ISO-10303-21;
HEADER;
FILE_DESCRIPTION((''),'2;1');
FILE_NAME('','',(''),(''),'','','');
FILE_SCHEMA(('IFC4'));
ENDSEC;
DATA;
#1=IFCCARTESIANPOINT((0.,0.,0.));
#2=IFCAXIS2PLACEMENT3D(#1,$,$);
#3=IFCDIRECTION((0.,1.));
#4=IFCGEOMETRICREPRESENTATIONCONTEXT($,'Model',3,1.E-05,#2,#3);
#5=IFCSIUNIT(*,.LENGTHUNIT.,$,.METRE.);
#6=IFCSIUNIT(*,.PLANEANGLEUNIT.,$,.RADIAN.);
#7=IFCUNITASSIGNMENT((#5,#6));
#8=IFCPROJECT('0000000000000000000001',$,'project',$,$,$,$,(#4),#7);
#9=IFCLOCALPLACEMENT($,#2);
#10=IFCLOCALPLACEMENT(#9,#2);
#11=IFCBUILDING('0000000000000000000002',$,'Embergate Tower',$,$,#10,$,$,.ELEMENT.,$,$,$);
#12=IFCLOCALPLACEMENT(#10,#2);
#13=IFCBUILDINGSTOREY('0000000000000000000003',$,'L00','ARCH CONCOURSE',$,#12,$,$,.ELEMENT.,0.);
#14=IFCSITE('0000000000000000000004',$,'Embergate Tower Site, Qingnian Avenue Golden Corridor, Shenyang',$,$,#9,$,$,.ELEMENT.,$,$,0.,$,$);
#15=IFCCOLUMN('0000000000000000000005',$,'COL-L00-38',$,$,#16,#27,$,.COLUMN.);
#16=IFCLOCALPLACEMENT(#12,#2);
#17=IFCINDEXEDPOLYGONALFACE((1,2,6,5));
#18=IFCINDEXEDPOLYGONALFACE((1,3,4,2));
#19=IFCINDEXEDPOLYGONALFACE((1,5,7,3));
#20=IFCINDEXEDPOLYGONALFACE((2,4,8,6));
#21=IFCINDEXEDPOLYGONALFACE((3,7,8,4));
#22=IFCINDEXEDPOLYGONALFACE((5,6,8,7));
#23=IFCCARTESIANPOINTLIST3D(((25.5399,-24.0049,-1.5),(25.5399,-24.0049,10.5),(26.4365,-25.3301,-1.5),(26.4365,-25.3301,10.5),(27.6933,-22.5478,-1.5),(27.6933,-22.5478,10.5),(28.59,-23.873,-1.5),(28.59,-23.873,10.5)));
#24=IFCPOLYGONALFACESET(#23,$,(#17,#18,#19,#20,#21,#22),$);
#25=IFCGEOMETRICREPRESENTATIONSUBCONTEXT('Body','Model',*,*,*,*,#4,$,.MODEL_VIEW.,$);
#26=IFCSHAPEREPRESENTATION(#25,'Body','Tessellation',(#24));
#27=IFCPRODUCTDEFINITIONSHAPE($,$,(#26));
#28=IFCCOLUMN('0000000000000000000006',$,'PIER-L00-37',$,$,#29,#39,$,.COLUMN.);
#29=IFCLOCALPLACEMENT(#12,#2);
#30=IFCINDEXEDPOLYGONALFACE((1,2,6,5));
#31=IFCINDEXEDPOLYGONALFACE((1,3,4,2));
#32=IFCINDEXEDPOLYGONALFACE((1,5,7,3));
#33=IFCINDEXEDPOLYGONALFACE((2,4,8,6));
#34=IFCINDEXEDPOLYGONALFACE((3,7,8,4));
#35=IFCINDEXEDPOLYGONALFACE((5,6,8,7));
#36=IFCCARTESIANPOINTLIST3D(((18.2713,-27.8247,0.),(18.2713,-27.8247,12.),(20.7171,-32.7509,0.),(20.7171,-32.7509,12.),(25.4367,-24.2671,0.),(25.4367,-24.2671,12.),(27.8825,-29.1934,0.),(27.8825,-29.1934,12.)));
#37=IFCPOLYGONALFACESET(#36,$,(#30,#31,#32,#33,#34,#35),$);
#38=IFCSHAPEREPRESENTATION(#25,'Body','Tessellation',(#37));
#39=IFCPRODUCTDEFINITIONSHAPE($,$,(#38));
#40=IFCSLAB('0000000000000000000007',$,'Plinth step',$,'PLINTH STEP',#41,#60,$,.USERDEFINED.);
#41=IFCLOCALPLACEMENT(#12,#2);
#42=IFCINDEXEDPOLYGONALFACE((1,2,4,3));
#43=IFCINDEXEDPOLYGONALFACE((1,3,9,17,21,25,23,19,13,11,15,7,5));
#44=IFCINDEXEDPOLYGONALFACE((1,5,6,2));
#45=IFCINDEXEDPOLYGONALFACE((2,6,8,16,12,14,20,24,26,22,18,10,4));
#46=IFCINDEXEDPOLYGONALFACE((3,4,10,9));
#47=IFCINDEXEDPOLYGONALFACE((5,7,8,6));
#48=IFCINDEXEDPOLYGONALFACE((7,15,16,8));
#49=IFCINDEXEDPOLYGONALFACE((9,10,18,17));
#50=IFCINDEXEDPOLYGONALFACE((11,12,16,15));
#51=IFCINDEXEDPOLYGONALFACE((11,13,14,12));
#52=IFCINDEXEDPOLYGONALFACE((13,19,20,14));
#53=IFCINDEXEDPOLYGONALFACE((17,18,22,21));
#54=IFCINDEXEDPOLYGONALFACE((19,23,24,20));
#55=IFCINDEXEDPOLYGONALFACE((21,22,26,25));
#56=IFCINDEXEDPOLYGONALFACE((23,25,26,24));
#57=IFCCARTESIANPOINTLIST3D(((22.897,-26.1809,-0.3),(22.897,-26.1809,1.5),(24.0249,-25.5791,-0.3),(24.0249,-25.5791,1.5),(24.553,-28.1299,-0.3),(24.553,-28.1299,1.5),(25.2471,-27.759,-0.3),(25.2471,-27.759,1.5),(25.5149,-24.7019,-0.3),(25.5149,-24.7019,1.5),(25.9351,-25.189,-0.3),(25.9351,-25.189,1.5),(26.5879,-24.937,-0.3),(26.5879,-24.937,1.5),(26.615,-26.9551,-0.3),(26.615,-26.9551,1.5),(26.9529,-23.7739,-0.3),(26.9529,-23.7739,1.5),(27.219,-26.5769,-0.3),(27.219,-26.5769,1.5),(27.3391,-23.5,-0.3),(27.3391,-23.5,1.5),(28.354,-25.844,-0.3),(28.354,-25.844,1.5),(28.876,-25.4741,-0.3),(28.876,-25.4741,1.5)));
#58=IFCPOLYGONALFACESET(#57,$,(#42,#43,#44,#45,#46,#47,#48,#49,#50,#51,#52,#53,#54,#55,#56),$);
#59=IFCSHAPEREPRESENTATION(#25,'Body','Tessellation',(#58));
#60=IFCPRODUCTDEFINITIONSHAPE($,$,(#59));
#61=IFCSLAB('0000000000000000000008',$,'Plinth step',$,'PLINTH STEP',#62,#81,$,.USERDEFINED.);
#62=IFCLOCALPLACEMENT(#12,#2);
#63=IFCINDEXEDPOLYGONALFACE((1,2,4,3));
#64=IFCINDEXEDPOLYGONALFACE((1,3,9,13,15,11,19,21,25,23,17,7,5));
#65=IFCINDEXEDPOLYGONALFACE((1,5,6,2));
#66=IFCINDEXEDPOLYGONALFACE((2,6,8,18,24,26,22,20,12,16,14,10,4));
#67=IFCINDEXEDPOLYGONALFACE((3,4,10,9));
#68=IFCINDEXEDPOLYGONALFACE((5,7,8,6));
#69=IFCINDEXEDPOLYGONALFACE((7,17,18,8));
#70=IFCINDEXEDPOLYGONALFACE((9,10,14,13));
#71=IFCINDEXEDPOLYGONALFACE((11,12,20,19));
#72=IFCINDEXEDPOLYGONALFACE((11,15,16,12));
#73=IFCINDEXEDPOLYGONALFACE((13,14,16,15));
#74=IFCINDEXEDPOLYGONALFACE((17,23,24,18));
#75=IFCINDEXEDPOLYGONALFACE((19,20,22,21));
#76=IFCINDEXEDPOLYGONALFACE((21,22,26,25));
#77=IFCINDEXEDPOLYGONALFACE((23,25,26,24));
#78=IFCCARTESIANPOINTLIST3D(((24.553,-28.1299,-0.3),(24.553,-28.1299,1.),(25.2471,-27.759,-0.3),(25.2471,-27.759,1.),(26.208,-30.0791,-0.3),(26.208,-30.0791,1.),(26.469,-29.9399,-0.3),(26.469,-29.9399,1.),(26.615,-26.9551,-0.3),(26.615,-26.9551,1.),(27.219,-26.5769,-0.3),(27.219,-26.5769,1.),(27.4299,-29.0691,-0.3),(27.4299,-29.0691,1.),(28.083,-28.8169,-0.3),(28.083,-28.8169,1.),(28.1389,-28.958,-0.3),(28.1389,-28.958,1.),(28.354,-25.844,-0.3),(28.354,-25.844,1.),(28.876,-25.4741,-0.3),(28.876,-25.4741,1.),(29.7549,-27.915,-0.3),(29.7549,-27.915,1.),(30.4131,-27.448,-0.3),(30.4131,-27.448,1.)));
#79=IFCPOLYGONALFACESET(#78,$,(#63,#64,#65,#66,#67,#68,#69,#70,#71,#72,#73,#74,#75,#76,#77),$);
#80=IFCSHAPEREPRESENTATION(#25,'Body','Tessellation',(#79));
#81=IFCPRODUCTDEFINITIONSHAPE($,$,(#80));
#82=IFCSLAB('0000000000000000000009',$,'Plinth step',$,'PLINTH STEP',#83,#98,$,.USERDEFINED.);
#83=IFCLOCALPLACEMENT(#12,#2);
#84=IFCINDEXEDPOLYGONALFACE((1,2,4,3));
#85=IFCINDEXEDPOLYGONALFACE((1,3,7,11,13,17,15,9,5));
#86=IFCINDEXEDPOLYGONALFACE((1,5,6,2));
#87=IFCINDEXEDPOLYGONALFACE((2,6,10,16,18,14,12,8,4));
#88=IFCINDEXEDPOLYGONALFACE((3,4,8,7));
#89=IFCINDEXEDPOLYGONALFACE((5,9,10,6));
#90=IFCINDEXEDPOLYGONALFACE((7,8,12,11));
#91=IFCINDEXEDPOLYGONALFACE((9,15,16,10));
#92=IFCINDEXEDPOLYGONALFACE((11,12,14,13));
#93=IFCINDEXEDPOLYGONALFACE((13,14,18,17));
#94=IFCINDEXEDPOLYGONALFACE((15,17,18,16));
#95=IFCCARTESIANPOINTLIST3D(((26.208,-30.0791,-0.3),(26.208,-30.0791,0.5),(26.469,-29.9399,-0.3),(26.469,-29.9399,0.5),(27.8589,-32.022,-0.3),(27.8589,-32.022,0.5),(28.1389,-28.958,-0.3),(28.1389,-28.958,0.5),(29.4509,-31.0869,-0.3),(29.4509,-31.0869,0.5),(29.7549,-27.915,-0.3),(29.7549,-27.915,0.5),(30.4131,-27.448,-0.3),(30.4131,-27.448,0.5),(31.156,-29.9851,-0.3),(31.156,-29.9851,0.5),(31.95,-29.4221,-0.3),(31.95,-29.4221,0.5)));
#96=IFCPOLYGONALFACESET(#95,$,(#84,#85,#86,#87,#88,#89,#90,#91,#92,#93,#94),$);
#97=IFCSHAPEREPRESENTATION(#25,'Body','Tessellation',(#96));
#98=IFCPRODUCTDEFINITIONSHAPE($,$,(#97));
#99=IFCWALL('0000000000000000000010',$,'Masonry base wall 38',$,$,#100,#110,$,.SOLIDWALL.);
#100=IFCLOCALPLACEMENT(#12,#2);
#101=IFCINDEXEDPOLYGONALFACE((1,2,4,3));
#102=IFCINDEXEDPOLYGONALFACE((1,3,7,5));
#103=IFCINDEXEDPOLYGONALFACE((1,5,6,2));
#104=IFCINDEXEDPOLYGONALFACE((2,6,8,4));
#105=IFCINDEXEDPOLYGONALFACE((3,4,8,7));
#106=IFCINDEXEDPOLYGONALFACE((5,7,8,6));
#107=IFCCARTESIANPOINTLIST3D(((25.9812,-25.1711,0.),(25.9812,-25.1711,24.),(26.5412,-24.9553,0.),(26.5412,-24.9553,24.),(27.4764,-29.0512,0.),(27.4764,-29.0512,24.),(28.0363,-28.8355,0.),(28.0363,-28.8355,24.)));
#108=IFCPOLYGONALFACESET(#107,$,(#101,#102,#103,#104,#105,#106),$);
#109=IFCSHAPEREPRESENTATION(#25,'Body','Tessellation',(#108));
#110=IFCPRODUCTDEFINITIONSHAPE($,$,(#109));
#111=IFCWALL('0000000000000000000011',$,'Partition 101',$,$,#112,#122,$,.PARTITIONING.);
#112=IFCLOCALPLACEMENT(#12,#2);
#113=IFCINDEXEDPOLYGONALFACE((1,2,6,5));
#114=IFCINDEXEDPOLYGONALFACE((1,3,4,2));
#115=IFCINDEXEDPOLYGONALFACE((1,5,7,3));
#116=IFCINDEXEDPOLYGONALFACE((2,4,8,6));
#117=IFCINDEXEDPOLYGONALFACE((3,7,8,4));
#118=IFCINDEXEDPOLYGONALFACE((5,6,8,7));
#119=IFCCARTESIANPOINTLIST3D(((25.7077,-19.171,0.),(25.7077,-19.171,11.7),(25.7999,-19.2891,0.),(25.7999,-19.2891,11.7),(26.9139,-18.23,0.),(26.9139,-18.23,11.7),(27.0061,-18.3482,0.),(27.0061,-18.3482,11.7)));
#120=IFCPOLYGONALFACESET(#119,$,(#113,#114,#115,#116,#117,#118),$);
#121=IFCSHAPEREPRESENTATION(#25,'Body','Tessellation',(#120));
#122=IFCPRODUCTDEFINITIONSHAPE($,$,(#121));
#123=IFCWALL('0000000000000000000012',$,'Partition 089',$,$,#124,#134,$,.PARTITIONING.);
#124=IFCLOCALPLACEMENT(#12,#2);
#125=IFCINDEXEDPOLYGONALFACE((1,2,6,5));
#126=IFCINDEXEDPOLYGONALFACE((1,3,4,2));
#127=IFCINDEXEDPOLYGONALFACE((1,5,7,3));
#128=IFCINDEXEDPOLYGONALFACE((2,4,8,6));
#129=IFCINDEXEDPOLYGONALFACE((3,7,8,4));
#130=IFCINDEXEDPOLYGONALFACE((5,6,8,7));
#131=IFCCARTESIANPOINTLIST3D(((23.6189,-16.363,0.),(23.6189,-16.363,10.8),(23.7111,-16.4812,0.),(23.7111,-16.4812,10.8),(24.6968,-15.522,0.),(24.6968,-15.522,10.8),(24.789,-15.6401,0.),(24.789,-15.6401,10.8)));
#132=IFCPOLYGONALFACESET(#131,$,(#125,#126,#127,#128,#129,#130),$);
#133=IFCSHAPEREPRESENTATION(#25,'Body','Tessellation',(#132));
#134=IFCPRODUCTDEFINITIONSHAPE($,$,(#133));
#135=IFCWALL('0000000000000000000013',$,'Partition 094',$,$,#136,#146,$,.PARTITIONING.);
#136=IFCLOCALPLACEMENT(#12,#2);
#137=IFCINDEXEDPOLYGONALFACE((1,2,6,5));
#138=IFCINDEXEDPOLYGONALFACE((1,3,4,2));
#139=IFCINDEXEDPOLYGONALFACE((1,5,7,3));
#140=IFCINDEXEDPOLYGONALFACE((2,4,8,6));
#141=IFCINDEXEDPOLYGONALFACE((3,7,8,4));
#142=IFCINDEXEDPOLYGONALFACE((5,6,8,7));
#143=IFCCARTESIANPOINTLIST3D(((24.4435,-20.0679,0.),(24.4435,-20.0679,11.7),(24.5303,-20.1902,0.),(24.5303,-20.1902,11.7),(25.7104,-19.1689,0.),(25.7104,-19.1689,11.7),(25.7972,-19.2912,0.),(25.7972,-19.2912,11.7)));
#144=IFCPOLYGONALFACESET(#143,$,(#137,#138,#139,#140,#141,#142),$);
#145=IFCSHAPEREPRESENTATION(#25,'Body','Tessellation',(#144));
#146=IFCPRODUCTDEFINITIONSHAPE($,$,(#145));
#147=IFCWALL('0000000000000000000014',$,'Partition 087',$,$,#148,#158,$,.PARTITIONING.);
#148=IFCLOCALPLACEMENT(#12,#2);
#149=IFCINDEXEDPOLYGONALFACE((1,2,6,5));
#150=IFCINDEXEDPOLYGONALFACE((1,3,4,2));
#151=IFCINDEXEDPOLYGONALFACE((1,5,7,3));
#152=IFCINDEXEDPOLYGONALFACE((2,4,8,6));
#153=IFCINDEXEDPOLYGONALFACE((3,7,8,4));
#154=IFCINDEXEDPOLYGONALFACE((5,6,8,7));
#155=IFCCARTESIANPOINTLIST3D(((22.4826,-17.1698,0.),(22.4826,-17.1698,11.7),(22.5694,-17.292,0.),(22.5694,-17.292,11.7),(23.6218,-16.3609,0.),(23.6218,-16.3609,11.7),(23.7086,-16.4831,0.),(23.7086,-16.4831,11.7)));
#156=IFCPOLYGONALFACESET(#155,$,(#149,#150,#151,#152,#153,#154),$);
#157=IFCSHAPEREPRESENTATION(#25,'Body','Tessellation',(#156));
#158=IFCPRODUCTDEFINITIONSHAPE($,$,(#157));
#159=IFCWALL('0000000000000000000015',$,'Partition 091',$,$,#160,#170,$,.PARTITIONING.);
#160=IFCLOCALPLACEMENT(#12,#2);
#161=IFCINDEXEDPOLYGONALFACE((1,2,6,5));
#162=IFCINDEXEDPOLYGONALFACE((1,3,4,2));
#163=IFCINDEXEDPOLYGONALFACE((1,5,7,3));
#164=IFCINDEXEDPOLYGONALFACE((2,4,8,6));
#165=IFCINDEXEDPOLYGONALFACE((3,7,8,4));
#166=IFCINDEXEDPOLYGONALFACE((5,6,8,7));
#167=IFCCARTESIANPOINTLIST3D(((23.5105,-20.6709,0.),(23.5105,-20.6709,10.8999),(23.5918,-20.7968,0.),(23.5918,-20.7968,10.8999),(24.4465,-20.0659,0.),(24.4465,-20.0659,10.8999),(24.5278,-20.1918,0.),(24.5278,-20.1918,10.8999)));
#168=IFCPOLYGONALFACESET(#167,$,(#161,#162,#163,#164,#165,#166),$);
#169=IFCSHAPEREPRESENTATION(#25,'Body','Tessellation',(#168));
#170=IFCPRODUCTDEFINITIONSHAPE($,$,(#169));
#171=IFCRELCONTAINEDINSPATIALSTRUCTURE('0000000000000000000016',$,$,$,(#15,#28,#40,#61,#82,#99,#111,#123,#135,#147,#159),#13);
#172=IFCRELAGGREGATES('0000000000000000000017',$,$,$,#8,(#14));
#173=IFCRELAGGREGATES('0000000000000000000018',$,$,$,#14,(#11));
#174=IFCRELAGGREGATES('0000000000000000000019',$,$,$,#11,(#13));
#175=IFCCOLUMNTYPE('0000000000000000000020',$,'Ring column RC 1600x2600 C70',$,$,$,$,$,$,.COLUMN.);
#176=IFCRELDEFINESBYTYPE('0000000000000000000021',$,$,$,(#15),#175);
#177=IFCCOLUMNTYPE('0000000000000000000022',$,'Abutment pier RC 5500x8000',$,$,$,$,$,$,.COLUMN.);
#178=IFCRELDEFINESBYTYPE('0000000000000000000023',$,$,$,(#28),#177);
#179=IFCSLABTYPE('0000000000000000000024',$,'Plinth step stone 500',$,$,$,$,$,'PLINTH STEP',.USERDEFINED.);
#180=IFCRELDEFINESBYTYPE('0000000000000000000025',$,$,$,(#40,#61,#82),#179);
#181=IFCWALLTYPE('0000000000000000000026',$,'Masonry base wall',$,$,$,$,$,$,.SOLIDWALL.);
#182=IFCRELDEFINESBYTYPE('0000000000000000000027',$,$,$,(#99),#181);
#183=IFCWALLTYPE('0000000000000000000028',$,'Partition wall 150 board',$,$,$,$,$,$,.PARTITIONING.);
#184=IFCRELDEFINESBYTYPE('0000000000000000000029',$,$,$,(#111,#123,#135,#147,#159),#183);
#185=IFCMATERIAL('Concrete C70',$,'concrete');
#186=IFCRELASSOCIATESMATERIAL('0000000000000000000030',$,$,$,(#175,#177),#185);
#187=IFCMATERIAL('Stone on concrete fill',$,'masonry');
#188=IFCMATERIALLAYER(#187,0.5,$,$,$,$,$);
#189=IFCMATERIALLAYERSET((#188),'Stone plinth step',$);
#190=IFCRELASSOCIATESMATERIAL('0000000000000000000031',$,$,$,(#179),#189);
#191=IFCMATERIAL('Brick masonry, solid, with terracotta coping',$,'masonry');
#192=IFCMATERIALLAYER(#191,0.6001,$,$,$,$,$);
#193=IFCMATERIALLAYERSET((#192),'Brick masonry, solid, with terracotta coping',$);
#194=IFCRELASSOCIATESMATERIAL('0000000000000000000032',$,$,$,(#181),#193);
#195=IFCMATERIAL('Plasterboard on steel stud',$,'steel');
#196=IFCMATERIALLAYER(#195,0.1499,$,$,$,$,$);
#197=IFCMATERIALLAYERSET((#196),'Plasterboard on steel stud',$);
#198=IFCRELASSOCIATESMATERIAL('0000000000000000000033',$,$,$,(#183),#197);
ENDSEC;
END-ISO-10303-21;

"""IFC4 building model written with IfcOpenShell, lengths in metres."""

from ifc_helpers import new_model, si_unit, direction, frame, frame_2d, origin, origin_2d, place, context, subcontext, project, spatial, polyline, rectangle, outline, extrude, source, transform, mapped, material, layer, layer_set, material_profile, profile_set, type_object, element, save


model = new_model("IFC4")

# Units and contexts
model_context = context("Model", 3, precision=1e-05, world=origin(), true_north=direction((0.0, 1.0)))
body_context = subcontext(model_context, "Body", "Model", "MODEL_VIEW")
ifc_project = project(units=[si_unit("LENGTHUNIT", "METRE"), si_unit("PLANEANGLEUNIT", "RADIAN")], contexts=[model_context])

# Site, building, storey
site_placement = place(None, origin())
site = spatial("IfcSite", under=ifc_project, at=site_placement, Name="Embergate Tower Site, Qingnian Avenue Golden Corridor, Shenyang", CompositionType="ELEMENT", RefElevation=0.0)
building_placement = place(site_placement, origin())
building = spatial("IfcBuilding", under=site, at=building_placement, Name="Embergate Tower", CompositionType="ELEMENT")
storey_placement = place(building_placement, origin())
storey = spatial("IfcBuildingStorey", under=building, at=storey_placement, Name="L00", Description="ARCH CONCOURSE", CompositionType="ELEMENT", Elevation=0.0)

# Columns
ifc_material_1 = material(Name="Concrete C70", Category="concrete")
ifc_material_profile_1 = material_profile(ifc_material_1, rectangle(XDim=1.6001, YDim=2.6001, at=origin_2d()), Name="RC 1600x2600")
ifc_profile_set_1 = profile_set([ifc_material_profile_1], Name="Concrete C70")
column_type_1 = type_object("IfcColumnType", Name="Ring column RC 1600x2600 C70", PredefinedType="COLUMN", material=ifc_profile_set_1)
shared_shape_1 = source(origin(), body_context, "Body", "SweptSolid", [
    extrude(rectangle(XDim=1.6001, YDim=2.6001, at=origin_2d()), origin(), (0.0, 0.0, 1.0), 12.0),
])
column_1_placement = place(storey_placement, frame((27.0649, -23.939, -1.5), z_axis=(0.0, 0.0, 1.0), x_axis=(0.560393, -0.828227, 0.0)))
element("IfcColumn", 1, at=column_1_placement, inside=storey, type_object=column_type_1, Name="COL-L00-38", PredefinedType="COLUMN", context=body_context, shape_type="MappedRepresentation", body=[
    mapped(shared_shape_1, transform((0.0, 0.0, 0.0))),
])
ifc_material_profile_2 = material_profile(ifc_material_1, rectangle(XDim=5.5, YDim=8.0, at=origin_2d()), Name="RC 5500x8000")
ifc_profile_set_2 = profile_set([ifc_material_profile_2], Name="Concrete C70")
column_type_2 = type_object("IfcColumnType", Name="Abutment pier RC 5500x8000", PredefinedType="COLUMN", material=ifc_profile_set_2)
shared_shape_2 = source(origin(), body_context, "Body", "SweptSolid", [
    extrude(rectangle(XDim=5.5, YDim=8.0, at=origin_2d()), origin(), (0.0, 0.0, 1.0), 12.0),
])
column_2_placement = place(storey_placement, frame((23.0769, -28.509, 0.0), z_axis=(0.0, 0.0, 1.0), x_axis=(0.444698, -0.895681, 0.0)))
element("IfcColumn", 2, at=column_2_placement, inside=storey, type_object=column_type_2, Name="PIER-L00-37", PredefinedType="COLUMN", context=body_context, shape_type="MappedRepresentation", body=[
    mapped(shared_shape_2, transform((0.0, 0.0, 0.0))),
])

# Slabs
ifc_material_2 = material(Name="Stone on concrete fill", Category="masonry")
ifc_layer_1 = layer(ifc_material_2, 0.5)
ifc_layer_set_1 = layer_set([ifc_layer_1], Name="Stone plinth step")
slab_type = type_object("IfcSlabType", Name="Plinth step stone 500", ElementType="PLINTH STEP", PredefinedType="USERDEFINED", material=ifc_layer_set_1)
shared_shape_3 = source(origin(), body_context, "Body", "SweptSolid", [
    extrude(outline(polyline([(0.0, 0.0), (-1.656, 1.949), (-0.5281, 2.5508), (0.9619, 3.428), (2.3999, 4.356), (2.7861, 4.6299), (4.323, 2.6558), (3.801, 2.2859), (2.666, 1.553), (2.0349, 3.1929), (1.3821, 2.9409), (2.062, 1.1748), (0.6941, 0.3708), (0.0, 0.0)])), origin(), (0.0, 0.0, 1.0), 1.8),
])
slab_1_placement = place(storey_placement, frame((24.553, -28.1299, -0.3)))
element("IfcSlab", 3, at=slab_1_placement, inside=storey, type_object=slab_type, Name="Plinth step", ObjectType="PLINTH STEP", PredefinedType="USERDEFINED", context=body_context, shape_type="MappedRepresentation", body=[
    mapped(shared_shape_3, transform((0.0, 0.0, 0.0))),
])
shared_shape_4 = source(origin(), body_context, "Body", "SweptSolid", [
    extrude(outline(polyline([(0.0, 0.0), (-1.655, 1.9492), (-0.9609, 2.3201), (0.407, 3.124), (1.2219, 1.01), (1.875, 1.2622), (1.011, 3.5022), (2.146, 4.2351), (2.668, 4.605), (4.2051, 2.6311), (3.5469, 2.1641), (1.9309, 1.1211), (0.261, 0.1392), (0.0, 0.0)])), origin(), (0.0, 0.0, 1.0), 1.3),
])
slab_2_placement = place(storey_placement, frame((26.208, -30.0791, -0.3)))
element("IfcSlab", 4, at=slab_2_placement, inside=storey, type_object=slab_type, Name="Plinth step", ObjectType="PLINTH STEP", PredefinedType="USERDEFINED", context=body_context, shape_type="MappedRepresentation", body=[
    mapped(shared_shape_4, transform((0.0, 0.0, 0.0))),
])
shared_shape_5 = source(origin(), body_context, "Body", "SweptSolid", [
    extrude(outline(polyline([(0.0, 0.0), (-1.6509, 1.9429), (-1.3899, 2.082), (0.28, 3.064), (1.896, 4.1069), (2.5542, 4.574), (4.0911, 2.5999), (3.2971, 2.0369), (1.592, 0.9351), (0.0, 0.0)])), origin(), (0.0, 0.0, 1.0), 0.8),
])
slab_3_placement = place(storey_placement, frame((27.8589, -32.022, -0.3)))
element("IfcSlab", 5, at=slab_3_placement, inside=storey, type_object=slab_type, Name="Plinth step", ObjectType="PLINTH STEP", PredefinedType="USERDEFINED", context=body_context, shape_type="MappedRepresentation", body=[
    mapped(shared_shape_5, transform((0.0, 0.0, 0.0))),
])

# Walls
ifc_material_3 = material(Name="Brick masonry, solid, with terracotta coping", Category="masonry")
ifc_layer_2 = layer(ifc_material_3, 0.6001)
ifc_layer_set_2 = layer_set([ifc_layer_2], Name="Brick masonry, solid, with terracotta coping")
wall_type_1 = type_object("IfcWallType", Name="Masonry base wall", PredefinedType="SOLIDWALL", material=ifc_layer_set_2)
shared_shape_6 = source(origin(), body_context, "Body", "SweptSolid", [
    extrude(rectangle(XDim=4.1582, YDim=0.6001, at=frame_2d((2.0791, 0.0))), origin(), (0.0, 0.0, 1.0), 24.0),
])
wall_1_placement = place(storey_placement, frame((26.2612, -25.0632, 0.0), z_axis=(0.0, 0.0, 1.0), x_axis=(0.359557, -0.933123, 0.0)))
element("IfcWall", 6, at=wall_1_placement, inside=storey, type_object=wall_type_1, Name="Masonry base wall 38", PredefinedType="SOLIDWALL", context=body_context, shape_type="MappedRepresentation", body=[
    mapped(shared_shape_6, transform((0.0, 0.0, 0.0))),
])
ifc_material_4 = material(Name="Plasterboard on steel stud", Category="steel")
ifc_layer_3 = layer(ifc_material_4, 0.1499)
ifc_layer_set_3 = layer_set([ifc_layer_3], Name="Plasterboard on steel stud")
wall_type_2 = type_object("IfcWallType", Name="Partition wall 150 board", PredefinedType="PARTITIONING", material=ifc_layer_set_3)
shared_shape_7 = source(origin(), body_context, "Body", "SweptSolid", [
    extrude(rectangle(XDim=1.5298, YDim=0.1499, at=frame_2d((0.7649, 0.0))), origin(), (0.0, 0.0, 1.0), 11.7),
])
wall_2_placement = place(storey_placement, frame((26.96, -18.2891, 0.0), z_axis=(0.0, 0.0, 1.0), x_axis=(-0.78844, -0.615111, 0.0)))
element("IfcWall", 7, at=wall_2_placement, inside=storey, type_object=wall_type_2, Name="Partition 101", PredefinedType="PARTITIONING", context=body_context, shape_type="MappedRepresentation", body=[
    mapped(shared_shape_7, transform((0.0, 0.0, 0.0))),
])
shared_shape_8 = source(origin(), body_context, "Body", "SweptSolid", [
    extrude(rectangle(XDim=1.3672, YDim=0.1499, at=frame_2d((0.6836, 0.0))), origin(), (0.0, 0.0, 1.0), 10.8),
])
wall_3_placement = place(storey_placement, frame((23.665, -16.4221, 0.0), z_axis=(0.0, 0.0, 1.0), x_axis=(0.78839, 0.615176, 0.0)))
element("IfcWall", 8, at=wall_3_placement, inside=storey, type_object=wall_type_2, Name="Partition 089", PredefinedType="PARTITIONING", context=body_context, shape_type="MappedRepresentation", body=[
    mapped(shared_shape_8, transform((0.0, 0.0, 0.0))),
])
shared_shape_9 = source(origin(), body_context, "Body", "SweptSolid", [
    extrude(rectangle(XDim=1.5535, YDim=0.1499, at=frame_2d((0.7769, 0.0))), origin(), (0.0, 0.0, 1.0), 11.7),
])
wall_4_placement = place(storey_placement, frame((25.7539, -19.23, 0.0), z_axis=(0.0, 0.0, 1.0), x_axis=(-0.815545, -0.578693, 0.0)))
element("IfcWall", 9, at=wall_4_placement, inside=storey, type_object=wall_type_2, Name="Partition 094", PredefinedType="PARTITIONING", context=body_context, shape_type="MappedRepresentation", body=[
    mapped(shared_shape_9, transform((0.0, 0.0, 0.0))),
])
shared_shape_10 = source(origin(), body_context, "Body", "SweptSolid", [
    extrude(rectangle(XDim=1.3972, YDim=0.1499, at=frame_2d((0.6987, 0.0))), origin(), (0.0, 0.0, 1.0), 11.7),
])
wall_5_placement = place(storey_placement, frame((22.5259, -17.231, 0.0), z_axis=(0.0, 0.0, 1.0), x_axis=(0.815371, 0.578938, 0.0)))
element("IfcWall", 10, at=wall_5_placement, inside=storey, type_object=wall_type_2, Name="Partition 087", PredefinedType="PARTITIONING", context=body_context, shape_type="MappedRepresentation", body=[
    mapped(shared_shape_10, transform((0.0, 0.0, 0.0))),
])
shared_shape_11 = source(origin(), body_context, "Body", "SweptSolid", [
    extrude(rectangle(XDim=1.1145, YDim=0.1499, at=frame_2d((0.5571, 0.0))), origin(), (0.0, 0.0, 1.0), 10.8999),
])
wall_6_placement = place(storey_placement, frame((24.4871, -20.1289, 0.0), z_axis=(0.0, 0.0, 1.0), x_axis=(-0.839852, -0.542815, 0.0)))
element("IfcWall", 11, at=wall_6_placement, inside=storey, type_object=wall_type_2, Name="Partition 091", PredefinedType="PARTITIONING", context=body_context, shape_type="MappedRepresentation", body=[
    mapped(shared_shape_11, transform((0.0, 0.0, 0.0))),
])

save(model, "model.ifc")
